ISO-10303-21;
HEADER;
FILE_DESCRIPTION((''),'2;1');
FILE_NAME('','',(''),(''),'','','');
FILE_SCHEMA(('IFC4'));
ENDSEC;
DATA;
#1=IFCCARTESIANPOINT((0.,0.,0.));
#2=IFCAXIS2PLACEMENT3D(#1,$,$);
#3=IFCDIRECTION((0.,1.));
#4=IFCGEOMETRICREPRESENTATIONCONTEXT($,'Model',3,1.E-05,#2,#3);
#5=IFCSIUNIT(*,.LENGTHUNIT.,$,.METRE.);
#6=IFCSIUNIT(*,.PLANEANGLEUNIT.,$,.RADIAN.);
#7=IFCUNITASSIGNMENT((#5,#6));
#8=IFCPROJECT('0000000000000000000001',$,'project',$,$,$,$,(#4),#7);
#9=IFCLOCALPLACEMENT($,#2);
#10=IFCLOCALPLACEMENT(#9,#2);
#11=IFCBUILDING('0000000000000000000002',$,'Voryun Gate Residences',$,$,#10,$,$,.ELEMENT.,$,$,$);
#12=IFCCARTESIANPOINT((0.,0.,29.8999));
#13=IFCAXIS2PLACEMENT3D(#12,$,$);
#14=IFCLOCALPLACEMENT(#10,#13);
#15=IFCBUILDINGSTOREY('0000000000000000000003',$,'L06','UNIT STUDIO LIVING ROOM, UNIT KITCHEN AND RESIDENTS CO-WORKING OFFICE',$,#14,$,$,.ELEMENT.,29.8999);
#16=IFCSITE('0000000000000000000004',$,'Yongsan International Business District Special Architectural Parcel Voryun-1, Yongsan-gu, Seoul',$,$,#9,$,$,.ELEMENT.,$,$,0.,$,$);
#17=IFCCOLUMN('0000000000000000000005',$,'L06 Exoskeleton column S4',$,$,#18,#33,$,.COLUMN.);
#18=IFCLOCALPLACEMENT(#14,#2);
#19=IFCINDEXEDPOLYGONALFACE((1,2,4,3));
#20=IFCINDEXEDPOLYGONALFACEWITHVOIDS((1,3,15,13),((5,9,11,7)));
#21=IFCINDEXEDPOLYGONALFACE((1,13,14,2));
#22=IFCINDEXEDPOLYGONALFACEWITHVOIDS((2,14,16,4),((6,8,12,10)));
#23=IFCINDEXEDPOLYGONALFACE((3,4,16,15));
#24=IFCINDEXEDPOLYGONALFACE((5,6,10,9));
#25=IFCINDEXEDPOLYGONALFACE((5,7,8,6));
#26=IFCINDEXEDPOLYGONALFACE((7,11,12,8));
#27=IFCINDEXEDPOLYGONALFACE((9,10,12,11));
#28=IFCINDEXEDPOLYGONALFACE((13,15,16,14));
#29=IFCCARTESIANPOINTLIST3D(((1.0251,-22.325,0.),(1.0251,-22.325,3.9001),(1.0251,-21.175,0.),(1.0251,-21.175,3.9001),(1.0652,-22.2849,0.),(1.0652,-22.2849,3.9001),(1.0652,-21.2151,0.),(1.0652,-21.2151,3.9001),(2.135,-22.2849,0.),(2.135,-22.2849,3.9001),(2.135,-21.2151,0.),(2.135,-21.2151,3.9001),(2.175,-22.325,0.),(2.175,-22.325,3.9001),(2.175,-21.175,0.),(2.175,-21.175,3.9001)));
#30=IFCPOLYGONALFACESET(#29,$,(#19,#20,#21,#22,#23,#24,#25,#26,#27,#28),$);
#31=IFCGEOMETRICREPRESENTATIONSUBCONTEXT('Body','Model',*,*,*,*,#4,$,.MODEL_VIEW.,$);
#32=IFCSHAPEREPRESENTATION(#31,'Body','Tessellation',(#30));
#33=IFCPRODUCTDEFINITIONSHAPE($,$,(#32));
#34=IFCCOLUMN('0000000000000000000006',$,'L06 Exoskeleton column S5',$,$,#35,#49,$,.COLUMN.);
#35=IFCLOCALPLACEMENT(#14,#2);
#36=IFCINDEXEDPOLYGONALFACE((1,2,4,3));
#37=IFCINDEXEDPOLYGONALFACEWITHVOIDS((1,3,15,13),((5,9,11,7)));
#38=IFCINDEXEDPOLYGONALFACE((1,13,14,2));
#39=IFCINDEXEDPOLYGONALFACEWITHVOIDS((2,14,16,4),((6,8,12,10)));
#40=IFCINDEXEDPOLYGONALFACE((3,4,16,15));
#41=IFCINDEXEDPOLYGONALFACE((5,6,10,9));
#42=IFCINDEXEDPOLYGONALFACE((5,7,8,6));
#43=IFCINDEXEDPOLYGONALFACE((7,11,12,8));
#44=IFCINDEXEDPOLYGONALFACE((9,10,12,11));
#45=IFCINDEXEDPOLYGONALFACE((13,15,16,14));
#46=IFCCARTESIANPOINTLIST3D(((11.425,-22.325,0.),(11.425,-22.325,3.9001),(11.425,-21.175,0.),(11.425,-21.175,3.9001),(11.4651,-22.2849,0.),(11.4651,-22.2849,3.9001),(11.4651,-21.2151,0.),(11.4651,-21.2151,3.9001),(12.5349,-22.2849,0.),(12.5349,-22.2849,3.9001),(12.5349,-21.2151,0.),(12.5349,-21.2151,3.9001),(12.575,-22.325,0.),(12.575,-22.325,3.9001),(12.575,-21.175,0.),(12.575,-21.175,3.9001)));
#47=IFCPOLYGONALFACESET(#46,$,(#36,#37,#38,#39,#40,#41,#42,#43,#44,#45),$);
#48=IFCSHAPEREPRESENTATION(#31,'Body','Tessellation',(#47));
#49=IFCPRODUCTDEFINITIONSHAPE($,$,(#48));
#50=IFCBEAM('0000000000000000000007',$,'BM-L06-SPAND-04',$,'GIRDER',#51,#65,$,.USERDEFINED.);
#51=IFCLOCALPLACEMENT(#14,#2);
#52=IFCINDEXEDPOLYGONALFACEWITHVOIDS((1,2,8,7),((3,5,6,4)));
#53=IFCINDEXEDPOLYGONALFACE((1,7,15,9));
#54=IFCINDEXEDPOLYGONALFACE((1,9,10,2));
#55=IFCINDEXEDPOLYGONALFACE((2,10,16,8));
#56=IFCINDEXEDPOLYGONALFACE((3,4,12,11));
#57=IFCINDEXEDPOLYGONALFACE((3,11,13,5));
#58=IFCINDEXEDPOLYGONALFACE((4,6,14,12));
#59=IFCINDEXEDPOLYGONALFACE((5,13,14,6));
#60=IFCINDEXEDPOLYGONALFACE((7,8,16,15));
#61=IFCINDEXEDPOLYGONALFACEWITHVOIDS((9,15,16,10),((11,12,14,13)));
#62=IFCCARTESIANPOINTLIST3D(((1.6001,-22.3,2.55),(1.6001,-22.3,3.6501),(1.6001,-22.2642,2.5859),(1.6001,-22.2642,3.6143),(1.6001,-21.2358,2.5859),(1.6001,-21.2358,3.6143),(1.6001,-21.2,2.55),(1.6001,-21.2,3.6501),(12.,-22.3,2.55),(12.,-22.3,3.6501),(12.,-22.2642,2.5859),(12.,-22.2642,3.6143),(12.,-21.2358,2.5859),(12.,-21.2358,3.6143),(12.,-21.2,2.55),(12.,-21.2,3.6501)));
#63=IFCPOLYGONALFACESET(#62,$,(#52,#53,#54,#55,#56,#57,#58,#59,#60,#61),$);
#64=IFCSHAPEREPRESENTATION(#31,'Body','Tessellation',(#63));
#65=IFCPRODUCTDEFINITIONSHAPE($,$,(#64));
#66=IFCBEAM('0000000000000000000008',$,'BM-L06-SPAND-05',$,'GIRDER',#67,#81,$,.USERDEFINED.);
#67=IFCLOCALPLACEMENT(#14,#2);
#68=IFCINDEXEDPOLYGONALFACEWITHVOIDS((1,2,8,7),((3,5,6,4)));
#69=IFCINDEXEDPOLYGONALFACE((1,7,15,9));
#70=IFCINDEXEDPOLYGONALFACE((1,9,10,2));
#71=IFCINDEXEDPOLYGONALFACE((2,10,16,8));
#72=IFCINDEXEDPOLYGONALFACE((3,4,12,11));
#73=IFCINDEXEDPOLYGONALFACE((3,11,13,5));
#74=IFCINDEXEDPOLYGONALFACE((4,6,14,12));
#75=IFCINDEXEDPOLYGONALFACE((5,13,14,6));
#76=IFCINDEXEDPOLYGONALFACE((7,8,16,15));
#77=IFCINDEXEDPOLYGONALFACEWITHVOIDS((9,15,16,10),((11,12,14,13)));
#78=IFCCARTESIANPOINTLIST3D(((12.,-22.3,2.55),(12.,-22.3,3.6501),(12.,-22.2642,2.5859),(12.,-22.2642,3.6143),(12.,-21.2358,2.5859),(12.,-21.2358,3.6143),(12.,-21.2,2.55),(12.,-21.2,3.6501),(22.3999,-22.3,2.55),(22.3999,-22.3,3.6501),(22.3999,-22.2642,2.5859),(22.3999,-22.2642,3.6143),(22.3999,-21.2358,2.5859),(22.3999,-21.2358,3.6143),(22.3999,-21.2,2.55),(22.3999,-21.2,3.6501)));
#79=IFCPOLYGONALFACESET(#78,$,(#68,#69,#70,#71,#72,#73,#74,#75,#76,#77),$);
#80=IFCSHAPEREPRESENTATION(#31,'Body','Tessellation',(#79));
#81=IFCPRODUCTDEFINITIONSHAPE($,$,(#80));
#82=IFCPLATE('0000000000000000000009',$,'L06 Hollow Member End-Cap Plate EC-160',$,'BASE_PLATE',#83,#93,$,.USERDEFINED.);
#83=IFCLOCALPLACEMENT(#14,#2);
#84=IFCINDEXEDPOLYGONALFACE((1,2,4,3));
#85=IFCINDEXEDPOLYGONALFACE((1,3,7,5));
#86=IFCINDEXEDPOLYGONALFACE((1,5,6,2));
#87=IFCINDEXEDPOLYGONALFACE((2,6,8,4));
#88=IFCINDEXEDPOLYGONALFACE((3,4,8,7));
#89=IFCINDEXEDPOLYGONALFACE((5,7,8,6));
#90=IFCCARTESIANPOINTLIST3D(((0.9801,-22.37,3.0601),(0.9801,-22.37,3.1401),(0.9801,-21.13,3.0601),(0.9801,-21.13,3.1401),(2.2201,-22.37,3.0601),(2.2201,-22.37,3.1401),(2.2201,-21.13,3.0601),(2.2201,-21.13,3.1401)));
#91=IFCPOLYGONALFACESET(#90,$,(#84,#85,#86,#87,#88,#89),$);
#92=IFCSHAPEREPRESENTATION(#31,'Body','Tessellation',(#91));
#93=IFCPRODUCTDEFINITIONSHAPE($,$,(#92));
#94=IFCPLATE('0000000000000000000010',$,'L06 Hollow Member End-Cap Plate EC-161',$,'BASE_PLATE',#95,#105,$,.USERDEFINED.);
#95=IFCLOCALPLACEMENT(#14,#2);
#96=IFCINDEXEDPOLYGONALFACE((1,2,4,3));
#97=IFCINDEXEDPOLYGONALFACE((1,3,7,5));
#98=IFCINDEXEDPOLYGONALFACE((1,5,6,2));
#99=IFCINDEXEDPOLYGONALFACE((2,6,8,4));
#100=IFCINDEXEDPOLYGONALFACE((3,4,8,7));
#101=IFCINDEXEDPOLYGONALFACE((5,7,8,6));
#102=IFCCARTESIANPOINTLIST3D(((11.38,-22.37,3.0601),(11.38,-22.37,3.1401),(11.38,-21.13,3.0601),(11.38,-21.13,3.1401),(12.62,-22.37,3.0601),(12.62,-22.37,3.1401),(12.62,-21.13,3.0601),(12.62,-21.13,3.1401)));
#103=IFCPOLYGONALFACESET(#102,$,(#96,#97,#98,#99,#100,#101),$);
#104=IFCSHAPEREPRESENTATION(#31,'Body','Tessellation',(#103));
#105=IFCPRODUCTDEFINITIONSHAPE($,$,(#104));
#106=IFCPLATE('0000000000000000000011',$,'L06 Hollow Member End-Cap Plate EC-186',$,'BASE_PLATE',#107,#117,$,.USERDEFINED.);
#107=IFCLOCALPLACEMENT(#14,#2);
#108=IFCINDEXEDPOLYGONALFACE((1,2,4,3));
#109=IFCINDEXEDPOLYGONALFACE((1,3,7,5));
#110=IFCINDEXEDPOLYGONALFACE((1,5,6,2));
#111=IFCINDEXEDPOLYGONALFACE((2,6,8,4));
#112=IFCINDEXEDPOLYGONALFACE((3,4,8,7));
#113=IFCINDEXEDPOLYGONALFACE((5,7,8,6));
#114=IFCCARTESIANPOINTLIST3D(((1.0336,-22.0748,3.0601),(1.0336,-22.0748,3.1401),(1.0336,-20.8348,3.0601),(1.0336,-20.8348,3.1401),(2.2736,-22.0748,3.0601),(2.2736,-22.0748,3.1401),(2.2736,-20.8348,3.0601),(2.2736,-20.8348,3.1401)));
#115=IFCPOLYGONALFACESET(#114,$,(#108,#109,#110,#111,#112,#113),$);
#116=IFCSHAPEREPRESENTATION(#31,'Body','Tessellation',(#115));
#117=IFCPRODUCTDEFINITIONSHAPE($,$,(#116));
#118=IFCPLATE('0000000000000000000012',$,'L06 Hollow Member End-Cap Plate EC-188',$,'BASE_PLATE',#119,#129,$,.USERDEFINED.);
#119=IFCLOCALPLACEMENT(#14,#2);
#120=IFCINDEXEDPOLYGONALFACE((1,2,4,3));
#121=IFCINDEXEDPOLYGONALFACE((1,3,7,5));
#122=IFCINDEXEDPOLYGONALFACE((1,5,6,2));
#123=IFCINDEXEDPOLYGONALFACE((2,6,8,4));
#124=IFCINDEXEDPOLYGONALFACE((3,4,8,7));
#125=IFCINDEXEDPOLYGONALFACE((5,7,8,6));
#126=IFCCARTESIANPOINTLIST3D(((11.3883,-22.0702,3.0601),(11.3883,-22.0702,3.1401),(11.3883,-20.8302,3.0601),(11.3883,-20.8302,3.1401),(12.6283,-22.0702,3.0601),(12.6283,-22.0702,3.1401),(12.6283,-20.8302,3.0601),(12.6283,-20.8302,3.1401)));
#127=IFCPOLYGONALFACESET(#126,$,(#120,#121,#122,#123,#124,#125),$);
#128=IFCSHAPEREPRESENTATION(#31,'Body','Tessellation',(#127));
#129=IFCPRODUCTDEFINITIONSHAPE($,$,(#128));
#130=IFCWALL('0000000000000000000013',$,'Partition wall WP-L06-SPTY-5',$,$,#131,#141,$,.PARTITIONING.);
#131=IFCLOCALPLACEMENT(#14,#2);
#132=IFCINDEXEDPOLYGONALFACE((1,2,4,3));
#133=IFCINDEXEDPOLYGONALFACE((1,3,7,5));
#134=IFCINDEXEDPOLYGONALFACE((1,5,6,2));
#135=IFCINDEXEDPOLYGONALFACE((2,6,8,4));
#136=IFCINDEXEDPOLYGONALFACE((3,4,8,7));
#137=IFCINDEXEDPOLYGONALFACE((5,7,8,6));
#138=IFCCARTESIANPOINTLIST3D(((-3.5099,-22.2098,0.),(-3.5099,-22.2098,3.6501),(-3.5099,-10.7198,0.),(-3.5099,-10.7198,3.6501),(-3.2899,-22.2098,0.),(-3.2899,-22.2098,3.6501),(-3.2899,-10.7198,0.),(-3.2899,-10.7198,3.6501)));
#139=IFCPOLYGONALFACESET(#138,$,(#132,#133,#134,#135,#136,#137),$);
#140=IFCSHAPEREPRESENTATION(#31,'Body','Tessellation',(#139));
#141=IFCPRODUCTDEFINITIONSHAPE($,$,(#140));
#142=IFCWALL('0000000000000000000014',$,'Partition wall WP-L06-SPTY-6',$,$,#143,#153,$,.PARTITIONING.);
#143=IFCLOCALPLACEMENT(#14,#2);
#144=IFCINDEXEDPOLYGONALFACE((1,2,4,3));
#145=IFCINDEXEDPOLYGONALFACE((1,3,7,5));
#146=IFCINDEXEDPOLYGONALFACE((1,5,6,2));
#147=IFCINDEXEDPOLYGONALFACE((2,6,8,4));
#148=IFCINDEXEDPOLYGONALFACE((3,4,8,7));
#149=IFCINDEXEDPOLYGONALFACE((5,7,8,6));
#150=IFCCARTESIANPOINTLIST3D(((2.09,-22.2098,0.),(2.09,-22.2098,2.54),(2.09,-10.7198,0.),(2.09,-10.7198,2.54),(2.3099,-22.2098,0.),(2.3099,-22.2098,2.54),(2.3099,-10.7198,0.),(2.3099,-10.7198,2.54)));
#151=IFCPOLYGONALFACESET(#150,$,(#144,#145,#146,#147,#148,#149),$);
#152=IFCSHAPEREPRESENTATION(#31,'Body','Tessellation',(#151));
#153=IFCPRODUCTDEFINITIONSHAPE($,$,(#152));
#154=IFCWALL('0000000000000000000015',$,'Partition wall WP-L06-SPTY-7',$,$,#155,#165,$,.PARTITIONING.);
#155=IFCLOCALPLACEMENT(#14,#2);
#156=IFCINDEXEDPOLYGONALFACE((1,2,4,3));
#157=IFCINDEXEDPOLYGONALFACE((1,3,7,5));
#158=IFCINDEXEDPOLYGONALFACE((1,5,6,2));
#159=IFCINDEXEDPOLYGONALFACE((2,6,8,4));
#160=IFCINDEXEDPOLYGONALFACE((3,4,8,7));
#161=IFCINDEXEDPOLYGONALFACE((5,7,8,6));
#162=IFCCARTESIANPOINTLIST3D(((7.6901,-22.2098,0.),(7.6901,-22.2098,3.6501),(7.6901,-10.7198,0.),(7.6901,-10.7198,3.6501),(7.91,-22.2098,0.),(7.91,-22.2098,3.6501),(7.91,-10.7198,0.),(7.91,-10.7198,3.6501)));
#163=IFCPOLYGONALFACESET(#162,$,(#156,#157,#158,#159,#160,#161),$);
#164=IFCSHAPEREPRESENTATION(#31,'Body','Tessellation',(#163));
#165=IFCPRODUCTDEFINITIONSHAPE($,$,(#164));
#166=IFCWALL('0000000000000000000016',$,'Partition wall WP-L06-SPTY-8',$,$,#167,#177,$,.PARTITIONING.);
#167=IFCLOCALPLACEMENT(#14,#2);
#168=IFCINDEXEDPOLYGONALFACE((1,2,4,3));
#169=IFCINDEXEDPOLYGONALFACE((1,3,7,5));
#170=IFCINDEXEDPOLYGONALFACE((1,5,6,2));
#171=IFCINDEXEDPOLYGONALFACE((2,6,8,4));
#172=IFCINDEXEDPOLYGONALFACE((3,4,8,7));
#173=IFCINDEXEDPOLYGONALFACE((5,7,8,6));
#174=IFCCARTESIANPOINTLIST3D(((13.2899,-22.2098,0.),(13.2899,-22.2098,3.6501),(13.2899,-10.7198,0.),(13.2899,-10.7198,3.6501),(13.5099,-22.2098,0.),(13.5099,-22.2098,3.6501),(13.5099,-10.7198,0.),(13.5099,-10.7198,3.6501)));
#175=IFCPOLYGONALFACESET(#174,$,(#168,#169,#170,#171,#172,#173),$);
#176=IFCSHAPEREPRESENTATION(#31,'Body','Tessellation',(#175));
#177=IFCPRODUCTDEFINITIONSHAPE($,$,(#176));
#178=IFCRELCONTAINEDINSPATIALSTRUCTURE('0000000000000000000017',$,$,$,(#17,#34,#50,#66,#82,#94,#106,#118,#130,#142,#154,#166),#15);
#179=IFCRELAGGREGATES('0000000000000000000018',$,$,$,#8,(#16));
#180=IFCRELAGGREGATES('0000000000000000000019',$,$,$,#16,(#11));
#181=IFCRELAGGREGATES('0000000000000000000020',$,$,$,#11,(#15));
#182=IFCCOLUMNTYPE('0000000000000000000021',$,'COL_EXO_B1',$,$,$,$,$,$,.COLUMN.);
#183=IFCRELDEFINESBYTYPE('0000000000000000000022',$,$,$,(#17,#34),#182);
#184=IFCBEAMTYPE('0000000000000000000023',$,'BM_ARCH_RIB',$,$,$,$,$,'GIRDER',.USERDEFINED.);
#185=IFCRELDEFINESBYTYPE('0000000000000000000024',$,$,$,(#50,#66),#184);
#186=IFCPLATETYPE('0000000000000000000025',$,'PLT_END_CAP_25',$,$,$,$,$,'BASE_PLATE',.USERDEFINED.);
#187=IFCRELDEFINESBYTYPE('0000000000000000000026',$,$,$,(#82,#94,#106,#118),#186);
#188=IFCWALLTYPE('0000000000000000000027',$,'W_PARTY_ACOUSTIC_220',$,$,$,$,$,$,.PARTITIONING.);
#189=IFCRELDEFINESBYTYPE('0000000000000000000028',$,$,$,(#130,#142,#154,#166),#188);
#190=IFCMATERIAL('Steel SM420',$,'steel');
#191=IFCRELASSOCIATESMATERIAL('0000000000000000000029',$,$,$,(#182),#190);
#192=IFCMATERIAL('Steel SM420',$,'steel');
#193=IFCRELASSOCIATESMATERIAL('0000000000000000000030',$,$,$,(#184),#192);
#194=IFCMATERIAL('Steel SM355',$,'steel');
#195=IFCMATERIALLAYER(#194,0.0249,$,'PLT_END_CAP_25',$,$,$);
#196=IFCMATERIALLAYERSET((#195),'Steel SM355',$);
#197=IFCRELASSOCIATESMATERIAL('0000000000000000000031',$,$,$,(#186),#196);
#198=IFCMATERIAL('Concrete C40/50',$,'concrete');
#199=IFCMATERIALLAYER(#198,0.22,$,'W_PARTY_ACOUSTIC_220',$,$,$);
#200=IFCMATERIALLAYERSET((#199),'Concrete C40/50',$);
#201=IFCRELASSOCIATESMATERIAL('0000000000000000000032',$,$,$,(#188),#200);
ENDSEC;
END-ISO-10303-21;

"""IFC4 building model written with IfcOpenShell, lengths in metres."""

from ifc_helpers import new_model, si_unit, direction, frame, frame_2d, origin, origin_2d, place, context, subcontext, project, spatial, rectangle, hollow_rectangle, extrude, material, layer, layer_set, material_profile, profile_set, type_object, element, save


model = new_model("IFC4")

# Units and contexts
model_context = context("Model", 3, precision=1e-05, world=origin(), true_north=direction((0.0, 1.0)))
body_context = subcontext(model_context, "Body", "Model", "MODEL_VIEW")
ifc_project = project(units=[si_unit("LENGTHUNIT", "METRE"), si_unit("PLANEANGLEUNIT", "RADIAN")], contexts=[model_context])

# Site, building, storey
site_placement = place(None, origin())
site = spatial("IfcSite", under=ifc_project, at=site_placement, Name="Yongsan International Business District Special Architectural Parcel Voryun-1, Yongsan-gu, Seoul", CompositionType="ELEMENT", RefElevation=0.0)
building_placement = place(site_placement, origin())
building = spatial("IfcBuilding", under=site, at=building_placement, Name="Voryun Gate Residences", CompositionType="ELEMENT")
storey_placement = place(building_placement, frame((0.0, 0.0, 29.8999)))
storey = spatial("IfcBuildingStorey", under=building, at=storey_placement, Name="L06", Description="UNIT STUDIO LIVING ROOM, UNIT KITCHEN AND RESIDENTS CO-WORKING OFFICE", CompositionType="ELEMENT", Elevation=29.8999)

# Columns
ifc_material_1 = material(Name="Steel SM420", Category="steel")
ifc_material_profile_1 = material_profile(ifc_material_1, hollow_rectangle(XDim=1.1499, YDim=1.1499, WallThickness=0.04, at=origin_2d()), Name="BOX-1150x1150x40")
ifc_profile_set_1 = profile_set([ifc_material_profile_1], Name="Steel SM420")
column_type = type_object("IfcColumnType", Name="COL_EXO_B1", PredefinedType="COLUMN", material=ifc_profile_set_1)
for number, where, z_axis, x_axis, name in (
    (1, (1.6001, -21.75, 0.0), (0.0, 0.0, 1.0), (1.0, 0.0, 0.0), "L06 Exoskeleton column S4"),
    (2, (12.0, -21.75, 0.0), (0.0, 0.0, 1.0), (1.0, 0.0, 0.0), "L06 Exoskeleton column S5"),
):
    element("IfcColumn", number, at=place(storey_placement, frame(where, z_axis=z_axis, x_axis=x_axis)), inside=storey, type_object=column_type, Name=name, PredefinedType="COLUMN", context=body_context, shape_type="SweptSolid", body=[
        extrude(hollow_rectangle(XDim=1.1499, YDim=1.1499, WallThickness=0.04, at=origin_2d()), origin(), (0.0, 0.0, 1.0), 3.9001),
    ])

# Beams
ifc_material_2 = material(Name="Steel SM420", Category="steel")
ifc_material_profile_2 = material_profile(ifc_material_2, hollow_rectangle(XDim=1.1001, YDim=1.1001, WallThickness=0.0359, at=origin_2d()), Name="BOX-1100x1100x36")
ifc_profile_set_2 = profile_set([ifc_material_profile_2], Name="Steel SM420")
beam_type = type_object("IfcBeamType", Name="BM_ARCH_RIB", ElementType="GIRDER", PredefinedType="USERDEFINED", material=ifc_profile_set_2)
for number, where, z_axis, x_axis, name in (
    (3, (1.6001, -21.75, 3.1001), (1.0, 0.0, 0.0), (0.0, 1.0, 0.0), "BM-L06-SPAND-04"),
    (4, (12.0, -21.75, 3.1001), (1.0, 0.0, 0.0), (0.0, 1.0, 0.0), "BM-L06-SPAND-05"),
):
    element("IfcBeam", number, at=place(storey_placement, frame(where, z_axis=z_axis, x_axis=x_axis)), inside=storey, type_object=beam_type, Name=name, ObjectType="GIRDER", PredefinedType="USERDEFINED", context=body_context, shape_type="SweptSolid", body=[
        extrude(hollow_rectangle(XDim=1.1001, YDim=1.1001, WallThickness=0.0359, at=origin_2d()), origin(), (0.0, 0.0, 1.0), 10.3999),
    ])

# Plates
ifc_material_3 = material(Name="Steel SM355", Category="steel")
ifc_layer_1 = layer(ifc_material_3, 0.0249, Name="PLT_END_CAP_25")
ifc_layer_set_1 = layer_set([ifc_layer_1], Name="Steel SM355")
plate_type = type_object("IfcPlateType", Name="PLT_END_CAP_25", ElementType="BASE_PLATE", PredefinedType="USERDEFINED", material=ifc_layer_set_1)
for number, where, z_axis, x_axis, name in (
    (5, (1.6001, -21.75, 3.0601), (0.0, 0.0, 1.0), (1.0, 0.0, 0.0), "L06 Hollow Member End-Cap Plate EC-160"),
    (6, (12.0, -21.75, 3.0601), (0.0, 0.0, 1.0), (1.0, 0.0, 0.0), "L06 Hollow Member End-Cap Plate EC-161"),
    (7, (1.6536, -21.4548, 3.0601), (0.0, 0.0, 1.0), (1.0, 0.0, 0.0), "L06 Hollow Member End-Cap Plate EC-186"),
    (8, (12.0083, -21.4502, 3.0601), (0.0, 0.0, 1.0), (1.0, 0.0, 0.0), "L06 Hollow Member End-Cap Plate EC-188"),
):
    element("IfcPlate", number, at=place(storey_placement, frame(where, z_axis=z_axis, x_axis=x_axis)), inside=storey, type_object=plate_type, Name=name, ObjectType="BASE_PLATE", PredefinedType="USERDEFINED", context=body_context, shape_type="SweptSolid", body=[
        extrude(rectangle(XDim=1.24, YDim=1.24, at=origin_2d()), origin(), (0.0, 0.0, 1.0), 0.0801),
    ])

# Walls
ifc_material_4 = material(Name="Concrete C40/50", Category="concrete")
ifc_layer_2 = layer(ifc_material_4, 0.22, Name="W_PARTY_ACOUSTIC_220")
ifc_layer_set_2 = layer_set([ifc_layer_2], Name="Concrete C40/50")
wall_type_1 = type_object("IfcWallType", Name="W_PARTY_ACOUSTIC_220", PredefinedType="PARTITIONING", material=ifc_layer_set_2)
wall_1_placement = place(storey_placement, frame((-3.3999, -22.21, 0.0), z_axis=(0.0, 0.0, 1.0), x_axis=(0.0, 1.0, 0.0)))
element("IfcWall", 9, at=wall_1_placement, inside=storey, type_object=wall_type_1, Name="Partition wall WP-L06-SPTY-5", PredefinedType="PARTITIONING", context=body_context, shape_type="SweptSolid", body=[
    extrude(rectangle(XDim=11.49, YDim=0.22, at=frame_2d((5.7451, 0.0))), origin(), (0.0, 0.0, 1.0), 3.6501),
])
wall_2_placement = place(storey_placement, frame((2.2, -22.21, 0.0), z_axis=(0.0, 0.0, 1.0), x_axis=(0.0, 1.0, 0.0)))
element("IfcWall", 10, at=wall_2_placement, inside=storey, type_object=wall_type_1, Name="Partition wall WP-L06-SPTY-6", PredefinedType="PARTITIONING", context=body_context, shape_type="SweptSolid", body=[
    extrude(rectangle(XDim=11.49, YDim=0.22, at=frame_2d((5.7451, 0.0))), origin(), (0.0, 0.0, 1.0), 2.54),
])
for number, where, z_axis, x_axis, name in (
    (11, (7.8, -22.21, 0.0), (0.0, 0.0, 1.0), (0.0, 1.0, 0.0), "Partition wall WP-L06-SPTY-7"),
    (12, (13.3999, -22.21, 0.0), (0.0, 0.0, 1.0), (0.0, 1.0, 0.0), "Partition wall WP-L06-SPTY-8"),
):
    element("IfcWall", number, at=place(storey_placement, frame(where, z_axis=z_axis, x_axis=x_axis)), inside=storey, type_object=wall_type_1, Name=name, PredefinedType="PARTITIONING", context=body_context, shape_type="SweptSolid", body=[
        extrude(rectangle(XDim=11.49, YDim=0.22, at=frame_2d((5.7451, 0.0))), origin(), (0.0, 0.0, 1.0), 3.6501),
    ])

save(model, "model.ifc")
